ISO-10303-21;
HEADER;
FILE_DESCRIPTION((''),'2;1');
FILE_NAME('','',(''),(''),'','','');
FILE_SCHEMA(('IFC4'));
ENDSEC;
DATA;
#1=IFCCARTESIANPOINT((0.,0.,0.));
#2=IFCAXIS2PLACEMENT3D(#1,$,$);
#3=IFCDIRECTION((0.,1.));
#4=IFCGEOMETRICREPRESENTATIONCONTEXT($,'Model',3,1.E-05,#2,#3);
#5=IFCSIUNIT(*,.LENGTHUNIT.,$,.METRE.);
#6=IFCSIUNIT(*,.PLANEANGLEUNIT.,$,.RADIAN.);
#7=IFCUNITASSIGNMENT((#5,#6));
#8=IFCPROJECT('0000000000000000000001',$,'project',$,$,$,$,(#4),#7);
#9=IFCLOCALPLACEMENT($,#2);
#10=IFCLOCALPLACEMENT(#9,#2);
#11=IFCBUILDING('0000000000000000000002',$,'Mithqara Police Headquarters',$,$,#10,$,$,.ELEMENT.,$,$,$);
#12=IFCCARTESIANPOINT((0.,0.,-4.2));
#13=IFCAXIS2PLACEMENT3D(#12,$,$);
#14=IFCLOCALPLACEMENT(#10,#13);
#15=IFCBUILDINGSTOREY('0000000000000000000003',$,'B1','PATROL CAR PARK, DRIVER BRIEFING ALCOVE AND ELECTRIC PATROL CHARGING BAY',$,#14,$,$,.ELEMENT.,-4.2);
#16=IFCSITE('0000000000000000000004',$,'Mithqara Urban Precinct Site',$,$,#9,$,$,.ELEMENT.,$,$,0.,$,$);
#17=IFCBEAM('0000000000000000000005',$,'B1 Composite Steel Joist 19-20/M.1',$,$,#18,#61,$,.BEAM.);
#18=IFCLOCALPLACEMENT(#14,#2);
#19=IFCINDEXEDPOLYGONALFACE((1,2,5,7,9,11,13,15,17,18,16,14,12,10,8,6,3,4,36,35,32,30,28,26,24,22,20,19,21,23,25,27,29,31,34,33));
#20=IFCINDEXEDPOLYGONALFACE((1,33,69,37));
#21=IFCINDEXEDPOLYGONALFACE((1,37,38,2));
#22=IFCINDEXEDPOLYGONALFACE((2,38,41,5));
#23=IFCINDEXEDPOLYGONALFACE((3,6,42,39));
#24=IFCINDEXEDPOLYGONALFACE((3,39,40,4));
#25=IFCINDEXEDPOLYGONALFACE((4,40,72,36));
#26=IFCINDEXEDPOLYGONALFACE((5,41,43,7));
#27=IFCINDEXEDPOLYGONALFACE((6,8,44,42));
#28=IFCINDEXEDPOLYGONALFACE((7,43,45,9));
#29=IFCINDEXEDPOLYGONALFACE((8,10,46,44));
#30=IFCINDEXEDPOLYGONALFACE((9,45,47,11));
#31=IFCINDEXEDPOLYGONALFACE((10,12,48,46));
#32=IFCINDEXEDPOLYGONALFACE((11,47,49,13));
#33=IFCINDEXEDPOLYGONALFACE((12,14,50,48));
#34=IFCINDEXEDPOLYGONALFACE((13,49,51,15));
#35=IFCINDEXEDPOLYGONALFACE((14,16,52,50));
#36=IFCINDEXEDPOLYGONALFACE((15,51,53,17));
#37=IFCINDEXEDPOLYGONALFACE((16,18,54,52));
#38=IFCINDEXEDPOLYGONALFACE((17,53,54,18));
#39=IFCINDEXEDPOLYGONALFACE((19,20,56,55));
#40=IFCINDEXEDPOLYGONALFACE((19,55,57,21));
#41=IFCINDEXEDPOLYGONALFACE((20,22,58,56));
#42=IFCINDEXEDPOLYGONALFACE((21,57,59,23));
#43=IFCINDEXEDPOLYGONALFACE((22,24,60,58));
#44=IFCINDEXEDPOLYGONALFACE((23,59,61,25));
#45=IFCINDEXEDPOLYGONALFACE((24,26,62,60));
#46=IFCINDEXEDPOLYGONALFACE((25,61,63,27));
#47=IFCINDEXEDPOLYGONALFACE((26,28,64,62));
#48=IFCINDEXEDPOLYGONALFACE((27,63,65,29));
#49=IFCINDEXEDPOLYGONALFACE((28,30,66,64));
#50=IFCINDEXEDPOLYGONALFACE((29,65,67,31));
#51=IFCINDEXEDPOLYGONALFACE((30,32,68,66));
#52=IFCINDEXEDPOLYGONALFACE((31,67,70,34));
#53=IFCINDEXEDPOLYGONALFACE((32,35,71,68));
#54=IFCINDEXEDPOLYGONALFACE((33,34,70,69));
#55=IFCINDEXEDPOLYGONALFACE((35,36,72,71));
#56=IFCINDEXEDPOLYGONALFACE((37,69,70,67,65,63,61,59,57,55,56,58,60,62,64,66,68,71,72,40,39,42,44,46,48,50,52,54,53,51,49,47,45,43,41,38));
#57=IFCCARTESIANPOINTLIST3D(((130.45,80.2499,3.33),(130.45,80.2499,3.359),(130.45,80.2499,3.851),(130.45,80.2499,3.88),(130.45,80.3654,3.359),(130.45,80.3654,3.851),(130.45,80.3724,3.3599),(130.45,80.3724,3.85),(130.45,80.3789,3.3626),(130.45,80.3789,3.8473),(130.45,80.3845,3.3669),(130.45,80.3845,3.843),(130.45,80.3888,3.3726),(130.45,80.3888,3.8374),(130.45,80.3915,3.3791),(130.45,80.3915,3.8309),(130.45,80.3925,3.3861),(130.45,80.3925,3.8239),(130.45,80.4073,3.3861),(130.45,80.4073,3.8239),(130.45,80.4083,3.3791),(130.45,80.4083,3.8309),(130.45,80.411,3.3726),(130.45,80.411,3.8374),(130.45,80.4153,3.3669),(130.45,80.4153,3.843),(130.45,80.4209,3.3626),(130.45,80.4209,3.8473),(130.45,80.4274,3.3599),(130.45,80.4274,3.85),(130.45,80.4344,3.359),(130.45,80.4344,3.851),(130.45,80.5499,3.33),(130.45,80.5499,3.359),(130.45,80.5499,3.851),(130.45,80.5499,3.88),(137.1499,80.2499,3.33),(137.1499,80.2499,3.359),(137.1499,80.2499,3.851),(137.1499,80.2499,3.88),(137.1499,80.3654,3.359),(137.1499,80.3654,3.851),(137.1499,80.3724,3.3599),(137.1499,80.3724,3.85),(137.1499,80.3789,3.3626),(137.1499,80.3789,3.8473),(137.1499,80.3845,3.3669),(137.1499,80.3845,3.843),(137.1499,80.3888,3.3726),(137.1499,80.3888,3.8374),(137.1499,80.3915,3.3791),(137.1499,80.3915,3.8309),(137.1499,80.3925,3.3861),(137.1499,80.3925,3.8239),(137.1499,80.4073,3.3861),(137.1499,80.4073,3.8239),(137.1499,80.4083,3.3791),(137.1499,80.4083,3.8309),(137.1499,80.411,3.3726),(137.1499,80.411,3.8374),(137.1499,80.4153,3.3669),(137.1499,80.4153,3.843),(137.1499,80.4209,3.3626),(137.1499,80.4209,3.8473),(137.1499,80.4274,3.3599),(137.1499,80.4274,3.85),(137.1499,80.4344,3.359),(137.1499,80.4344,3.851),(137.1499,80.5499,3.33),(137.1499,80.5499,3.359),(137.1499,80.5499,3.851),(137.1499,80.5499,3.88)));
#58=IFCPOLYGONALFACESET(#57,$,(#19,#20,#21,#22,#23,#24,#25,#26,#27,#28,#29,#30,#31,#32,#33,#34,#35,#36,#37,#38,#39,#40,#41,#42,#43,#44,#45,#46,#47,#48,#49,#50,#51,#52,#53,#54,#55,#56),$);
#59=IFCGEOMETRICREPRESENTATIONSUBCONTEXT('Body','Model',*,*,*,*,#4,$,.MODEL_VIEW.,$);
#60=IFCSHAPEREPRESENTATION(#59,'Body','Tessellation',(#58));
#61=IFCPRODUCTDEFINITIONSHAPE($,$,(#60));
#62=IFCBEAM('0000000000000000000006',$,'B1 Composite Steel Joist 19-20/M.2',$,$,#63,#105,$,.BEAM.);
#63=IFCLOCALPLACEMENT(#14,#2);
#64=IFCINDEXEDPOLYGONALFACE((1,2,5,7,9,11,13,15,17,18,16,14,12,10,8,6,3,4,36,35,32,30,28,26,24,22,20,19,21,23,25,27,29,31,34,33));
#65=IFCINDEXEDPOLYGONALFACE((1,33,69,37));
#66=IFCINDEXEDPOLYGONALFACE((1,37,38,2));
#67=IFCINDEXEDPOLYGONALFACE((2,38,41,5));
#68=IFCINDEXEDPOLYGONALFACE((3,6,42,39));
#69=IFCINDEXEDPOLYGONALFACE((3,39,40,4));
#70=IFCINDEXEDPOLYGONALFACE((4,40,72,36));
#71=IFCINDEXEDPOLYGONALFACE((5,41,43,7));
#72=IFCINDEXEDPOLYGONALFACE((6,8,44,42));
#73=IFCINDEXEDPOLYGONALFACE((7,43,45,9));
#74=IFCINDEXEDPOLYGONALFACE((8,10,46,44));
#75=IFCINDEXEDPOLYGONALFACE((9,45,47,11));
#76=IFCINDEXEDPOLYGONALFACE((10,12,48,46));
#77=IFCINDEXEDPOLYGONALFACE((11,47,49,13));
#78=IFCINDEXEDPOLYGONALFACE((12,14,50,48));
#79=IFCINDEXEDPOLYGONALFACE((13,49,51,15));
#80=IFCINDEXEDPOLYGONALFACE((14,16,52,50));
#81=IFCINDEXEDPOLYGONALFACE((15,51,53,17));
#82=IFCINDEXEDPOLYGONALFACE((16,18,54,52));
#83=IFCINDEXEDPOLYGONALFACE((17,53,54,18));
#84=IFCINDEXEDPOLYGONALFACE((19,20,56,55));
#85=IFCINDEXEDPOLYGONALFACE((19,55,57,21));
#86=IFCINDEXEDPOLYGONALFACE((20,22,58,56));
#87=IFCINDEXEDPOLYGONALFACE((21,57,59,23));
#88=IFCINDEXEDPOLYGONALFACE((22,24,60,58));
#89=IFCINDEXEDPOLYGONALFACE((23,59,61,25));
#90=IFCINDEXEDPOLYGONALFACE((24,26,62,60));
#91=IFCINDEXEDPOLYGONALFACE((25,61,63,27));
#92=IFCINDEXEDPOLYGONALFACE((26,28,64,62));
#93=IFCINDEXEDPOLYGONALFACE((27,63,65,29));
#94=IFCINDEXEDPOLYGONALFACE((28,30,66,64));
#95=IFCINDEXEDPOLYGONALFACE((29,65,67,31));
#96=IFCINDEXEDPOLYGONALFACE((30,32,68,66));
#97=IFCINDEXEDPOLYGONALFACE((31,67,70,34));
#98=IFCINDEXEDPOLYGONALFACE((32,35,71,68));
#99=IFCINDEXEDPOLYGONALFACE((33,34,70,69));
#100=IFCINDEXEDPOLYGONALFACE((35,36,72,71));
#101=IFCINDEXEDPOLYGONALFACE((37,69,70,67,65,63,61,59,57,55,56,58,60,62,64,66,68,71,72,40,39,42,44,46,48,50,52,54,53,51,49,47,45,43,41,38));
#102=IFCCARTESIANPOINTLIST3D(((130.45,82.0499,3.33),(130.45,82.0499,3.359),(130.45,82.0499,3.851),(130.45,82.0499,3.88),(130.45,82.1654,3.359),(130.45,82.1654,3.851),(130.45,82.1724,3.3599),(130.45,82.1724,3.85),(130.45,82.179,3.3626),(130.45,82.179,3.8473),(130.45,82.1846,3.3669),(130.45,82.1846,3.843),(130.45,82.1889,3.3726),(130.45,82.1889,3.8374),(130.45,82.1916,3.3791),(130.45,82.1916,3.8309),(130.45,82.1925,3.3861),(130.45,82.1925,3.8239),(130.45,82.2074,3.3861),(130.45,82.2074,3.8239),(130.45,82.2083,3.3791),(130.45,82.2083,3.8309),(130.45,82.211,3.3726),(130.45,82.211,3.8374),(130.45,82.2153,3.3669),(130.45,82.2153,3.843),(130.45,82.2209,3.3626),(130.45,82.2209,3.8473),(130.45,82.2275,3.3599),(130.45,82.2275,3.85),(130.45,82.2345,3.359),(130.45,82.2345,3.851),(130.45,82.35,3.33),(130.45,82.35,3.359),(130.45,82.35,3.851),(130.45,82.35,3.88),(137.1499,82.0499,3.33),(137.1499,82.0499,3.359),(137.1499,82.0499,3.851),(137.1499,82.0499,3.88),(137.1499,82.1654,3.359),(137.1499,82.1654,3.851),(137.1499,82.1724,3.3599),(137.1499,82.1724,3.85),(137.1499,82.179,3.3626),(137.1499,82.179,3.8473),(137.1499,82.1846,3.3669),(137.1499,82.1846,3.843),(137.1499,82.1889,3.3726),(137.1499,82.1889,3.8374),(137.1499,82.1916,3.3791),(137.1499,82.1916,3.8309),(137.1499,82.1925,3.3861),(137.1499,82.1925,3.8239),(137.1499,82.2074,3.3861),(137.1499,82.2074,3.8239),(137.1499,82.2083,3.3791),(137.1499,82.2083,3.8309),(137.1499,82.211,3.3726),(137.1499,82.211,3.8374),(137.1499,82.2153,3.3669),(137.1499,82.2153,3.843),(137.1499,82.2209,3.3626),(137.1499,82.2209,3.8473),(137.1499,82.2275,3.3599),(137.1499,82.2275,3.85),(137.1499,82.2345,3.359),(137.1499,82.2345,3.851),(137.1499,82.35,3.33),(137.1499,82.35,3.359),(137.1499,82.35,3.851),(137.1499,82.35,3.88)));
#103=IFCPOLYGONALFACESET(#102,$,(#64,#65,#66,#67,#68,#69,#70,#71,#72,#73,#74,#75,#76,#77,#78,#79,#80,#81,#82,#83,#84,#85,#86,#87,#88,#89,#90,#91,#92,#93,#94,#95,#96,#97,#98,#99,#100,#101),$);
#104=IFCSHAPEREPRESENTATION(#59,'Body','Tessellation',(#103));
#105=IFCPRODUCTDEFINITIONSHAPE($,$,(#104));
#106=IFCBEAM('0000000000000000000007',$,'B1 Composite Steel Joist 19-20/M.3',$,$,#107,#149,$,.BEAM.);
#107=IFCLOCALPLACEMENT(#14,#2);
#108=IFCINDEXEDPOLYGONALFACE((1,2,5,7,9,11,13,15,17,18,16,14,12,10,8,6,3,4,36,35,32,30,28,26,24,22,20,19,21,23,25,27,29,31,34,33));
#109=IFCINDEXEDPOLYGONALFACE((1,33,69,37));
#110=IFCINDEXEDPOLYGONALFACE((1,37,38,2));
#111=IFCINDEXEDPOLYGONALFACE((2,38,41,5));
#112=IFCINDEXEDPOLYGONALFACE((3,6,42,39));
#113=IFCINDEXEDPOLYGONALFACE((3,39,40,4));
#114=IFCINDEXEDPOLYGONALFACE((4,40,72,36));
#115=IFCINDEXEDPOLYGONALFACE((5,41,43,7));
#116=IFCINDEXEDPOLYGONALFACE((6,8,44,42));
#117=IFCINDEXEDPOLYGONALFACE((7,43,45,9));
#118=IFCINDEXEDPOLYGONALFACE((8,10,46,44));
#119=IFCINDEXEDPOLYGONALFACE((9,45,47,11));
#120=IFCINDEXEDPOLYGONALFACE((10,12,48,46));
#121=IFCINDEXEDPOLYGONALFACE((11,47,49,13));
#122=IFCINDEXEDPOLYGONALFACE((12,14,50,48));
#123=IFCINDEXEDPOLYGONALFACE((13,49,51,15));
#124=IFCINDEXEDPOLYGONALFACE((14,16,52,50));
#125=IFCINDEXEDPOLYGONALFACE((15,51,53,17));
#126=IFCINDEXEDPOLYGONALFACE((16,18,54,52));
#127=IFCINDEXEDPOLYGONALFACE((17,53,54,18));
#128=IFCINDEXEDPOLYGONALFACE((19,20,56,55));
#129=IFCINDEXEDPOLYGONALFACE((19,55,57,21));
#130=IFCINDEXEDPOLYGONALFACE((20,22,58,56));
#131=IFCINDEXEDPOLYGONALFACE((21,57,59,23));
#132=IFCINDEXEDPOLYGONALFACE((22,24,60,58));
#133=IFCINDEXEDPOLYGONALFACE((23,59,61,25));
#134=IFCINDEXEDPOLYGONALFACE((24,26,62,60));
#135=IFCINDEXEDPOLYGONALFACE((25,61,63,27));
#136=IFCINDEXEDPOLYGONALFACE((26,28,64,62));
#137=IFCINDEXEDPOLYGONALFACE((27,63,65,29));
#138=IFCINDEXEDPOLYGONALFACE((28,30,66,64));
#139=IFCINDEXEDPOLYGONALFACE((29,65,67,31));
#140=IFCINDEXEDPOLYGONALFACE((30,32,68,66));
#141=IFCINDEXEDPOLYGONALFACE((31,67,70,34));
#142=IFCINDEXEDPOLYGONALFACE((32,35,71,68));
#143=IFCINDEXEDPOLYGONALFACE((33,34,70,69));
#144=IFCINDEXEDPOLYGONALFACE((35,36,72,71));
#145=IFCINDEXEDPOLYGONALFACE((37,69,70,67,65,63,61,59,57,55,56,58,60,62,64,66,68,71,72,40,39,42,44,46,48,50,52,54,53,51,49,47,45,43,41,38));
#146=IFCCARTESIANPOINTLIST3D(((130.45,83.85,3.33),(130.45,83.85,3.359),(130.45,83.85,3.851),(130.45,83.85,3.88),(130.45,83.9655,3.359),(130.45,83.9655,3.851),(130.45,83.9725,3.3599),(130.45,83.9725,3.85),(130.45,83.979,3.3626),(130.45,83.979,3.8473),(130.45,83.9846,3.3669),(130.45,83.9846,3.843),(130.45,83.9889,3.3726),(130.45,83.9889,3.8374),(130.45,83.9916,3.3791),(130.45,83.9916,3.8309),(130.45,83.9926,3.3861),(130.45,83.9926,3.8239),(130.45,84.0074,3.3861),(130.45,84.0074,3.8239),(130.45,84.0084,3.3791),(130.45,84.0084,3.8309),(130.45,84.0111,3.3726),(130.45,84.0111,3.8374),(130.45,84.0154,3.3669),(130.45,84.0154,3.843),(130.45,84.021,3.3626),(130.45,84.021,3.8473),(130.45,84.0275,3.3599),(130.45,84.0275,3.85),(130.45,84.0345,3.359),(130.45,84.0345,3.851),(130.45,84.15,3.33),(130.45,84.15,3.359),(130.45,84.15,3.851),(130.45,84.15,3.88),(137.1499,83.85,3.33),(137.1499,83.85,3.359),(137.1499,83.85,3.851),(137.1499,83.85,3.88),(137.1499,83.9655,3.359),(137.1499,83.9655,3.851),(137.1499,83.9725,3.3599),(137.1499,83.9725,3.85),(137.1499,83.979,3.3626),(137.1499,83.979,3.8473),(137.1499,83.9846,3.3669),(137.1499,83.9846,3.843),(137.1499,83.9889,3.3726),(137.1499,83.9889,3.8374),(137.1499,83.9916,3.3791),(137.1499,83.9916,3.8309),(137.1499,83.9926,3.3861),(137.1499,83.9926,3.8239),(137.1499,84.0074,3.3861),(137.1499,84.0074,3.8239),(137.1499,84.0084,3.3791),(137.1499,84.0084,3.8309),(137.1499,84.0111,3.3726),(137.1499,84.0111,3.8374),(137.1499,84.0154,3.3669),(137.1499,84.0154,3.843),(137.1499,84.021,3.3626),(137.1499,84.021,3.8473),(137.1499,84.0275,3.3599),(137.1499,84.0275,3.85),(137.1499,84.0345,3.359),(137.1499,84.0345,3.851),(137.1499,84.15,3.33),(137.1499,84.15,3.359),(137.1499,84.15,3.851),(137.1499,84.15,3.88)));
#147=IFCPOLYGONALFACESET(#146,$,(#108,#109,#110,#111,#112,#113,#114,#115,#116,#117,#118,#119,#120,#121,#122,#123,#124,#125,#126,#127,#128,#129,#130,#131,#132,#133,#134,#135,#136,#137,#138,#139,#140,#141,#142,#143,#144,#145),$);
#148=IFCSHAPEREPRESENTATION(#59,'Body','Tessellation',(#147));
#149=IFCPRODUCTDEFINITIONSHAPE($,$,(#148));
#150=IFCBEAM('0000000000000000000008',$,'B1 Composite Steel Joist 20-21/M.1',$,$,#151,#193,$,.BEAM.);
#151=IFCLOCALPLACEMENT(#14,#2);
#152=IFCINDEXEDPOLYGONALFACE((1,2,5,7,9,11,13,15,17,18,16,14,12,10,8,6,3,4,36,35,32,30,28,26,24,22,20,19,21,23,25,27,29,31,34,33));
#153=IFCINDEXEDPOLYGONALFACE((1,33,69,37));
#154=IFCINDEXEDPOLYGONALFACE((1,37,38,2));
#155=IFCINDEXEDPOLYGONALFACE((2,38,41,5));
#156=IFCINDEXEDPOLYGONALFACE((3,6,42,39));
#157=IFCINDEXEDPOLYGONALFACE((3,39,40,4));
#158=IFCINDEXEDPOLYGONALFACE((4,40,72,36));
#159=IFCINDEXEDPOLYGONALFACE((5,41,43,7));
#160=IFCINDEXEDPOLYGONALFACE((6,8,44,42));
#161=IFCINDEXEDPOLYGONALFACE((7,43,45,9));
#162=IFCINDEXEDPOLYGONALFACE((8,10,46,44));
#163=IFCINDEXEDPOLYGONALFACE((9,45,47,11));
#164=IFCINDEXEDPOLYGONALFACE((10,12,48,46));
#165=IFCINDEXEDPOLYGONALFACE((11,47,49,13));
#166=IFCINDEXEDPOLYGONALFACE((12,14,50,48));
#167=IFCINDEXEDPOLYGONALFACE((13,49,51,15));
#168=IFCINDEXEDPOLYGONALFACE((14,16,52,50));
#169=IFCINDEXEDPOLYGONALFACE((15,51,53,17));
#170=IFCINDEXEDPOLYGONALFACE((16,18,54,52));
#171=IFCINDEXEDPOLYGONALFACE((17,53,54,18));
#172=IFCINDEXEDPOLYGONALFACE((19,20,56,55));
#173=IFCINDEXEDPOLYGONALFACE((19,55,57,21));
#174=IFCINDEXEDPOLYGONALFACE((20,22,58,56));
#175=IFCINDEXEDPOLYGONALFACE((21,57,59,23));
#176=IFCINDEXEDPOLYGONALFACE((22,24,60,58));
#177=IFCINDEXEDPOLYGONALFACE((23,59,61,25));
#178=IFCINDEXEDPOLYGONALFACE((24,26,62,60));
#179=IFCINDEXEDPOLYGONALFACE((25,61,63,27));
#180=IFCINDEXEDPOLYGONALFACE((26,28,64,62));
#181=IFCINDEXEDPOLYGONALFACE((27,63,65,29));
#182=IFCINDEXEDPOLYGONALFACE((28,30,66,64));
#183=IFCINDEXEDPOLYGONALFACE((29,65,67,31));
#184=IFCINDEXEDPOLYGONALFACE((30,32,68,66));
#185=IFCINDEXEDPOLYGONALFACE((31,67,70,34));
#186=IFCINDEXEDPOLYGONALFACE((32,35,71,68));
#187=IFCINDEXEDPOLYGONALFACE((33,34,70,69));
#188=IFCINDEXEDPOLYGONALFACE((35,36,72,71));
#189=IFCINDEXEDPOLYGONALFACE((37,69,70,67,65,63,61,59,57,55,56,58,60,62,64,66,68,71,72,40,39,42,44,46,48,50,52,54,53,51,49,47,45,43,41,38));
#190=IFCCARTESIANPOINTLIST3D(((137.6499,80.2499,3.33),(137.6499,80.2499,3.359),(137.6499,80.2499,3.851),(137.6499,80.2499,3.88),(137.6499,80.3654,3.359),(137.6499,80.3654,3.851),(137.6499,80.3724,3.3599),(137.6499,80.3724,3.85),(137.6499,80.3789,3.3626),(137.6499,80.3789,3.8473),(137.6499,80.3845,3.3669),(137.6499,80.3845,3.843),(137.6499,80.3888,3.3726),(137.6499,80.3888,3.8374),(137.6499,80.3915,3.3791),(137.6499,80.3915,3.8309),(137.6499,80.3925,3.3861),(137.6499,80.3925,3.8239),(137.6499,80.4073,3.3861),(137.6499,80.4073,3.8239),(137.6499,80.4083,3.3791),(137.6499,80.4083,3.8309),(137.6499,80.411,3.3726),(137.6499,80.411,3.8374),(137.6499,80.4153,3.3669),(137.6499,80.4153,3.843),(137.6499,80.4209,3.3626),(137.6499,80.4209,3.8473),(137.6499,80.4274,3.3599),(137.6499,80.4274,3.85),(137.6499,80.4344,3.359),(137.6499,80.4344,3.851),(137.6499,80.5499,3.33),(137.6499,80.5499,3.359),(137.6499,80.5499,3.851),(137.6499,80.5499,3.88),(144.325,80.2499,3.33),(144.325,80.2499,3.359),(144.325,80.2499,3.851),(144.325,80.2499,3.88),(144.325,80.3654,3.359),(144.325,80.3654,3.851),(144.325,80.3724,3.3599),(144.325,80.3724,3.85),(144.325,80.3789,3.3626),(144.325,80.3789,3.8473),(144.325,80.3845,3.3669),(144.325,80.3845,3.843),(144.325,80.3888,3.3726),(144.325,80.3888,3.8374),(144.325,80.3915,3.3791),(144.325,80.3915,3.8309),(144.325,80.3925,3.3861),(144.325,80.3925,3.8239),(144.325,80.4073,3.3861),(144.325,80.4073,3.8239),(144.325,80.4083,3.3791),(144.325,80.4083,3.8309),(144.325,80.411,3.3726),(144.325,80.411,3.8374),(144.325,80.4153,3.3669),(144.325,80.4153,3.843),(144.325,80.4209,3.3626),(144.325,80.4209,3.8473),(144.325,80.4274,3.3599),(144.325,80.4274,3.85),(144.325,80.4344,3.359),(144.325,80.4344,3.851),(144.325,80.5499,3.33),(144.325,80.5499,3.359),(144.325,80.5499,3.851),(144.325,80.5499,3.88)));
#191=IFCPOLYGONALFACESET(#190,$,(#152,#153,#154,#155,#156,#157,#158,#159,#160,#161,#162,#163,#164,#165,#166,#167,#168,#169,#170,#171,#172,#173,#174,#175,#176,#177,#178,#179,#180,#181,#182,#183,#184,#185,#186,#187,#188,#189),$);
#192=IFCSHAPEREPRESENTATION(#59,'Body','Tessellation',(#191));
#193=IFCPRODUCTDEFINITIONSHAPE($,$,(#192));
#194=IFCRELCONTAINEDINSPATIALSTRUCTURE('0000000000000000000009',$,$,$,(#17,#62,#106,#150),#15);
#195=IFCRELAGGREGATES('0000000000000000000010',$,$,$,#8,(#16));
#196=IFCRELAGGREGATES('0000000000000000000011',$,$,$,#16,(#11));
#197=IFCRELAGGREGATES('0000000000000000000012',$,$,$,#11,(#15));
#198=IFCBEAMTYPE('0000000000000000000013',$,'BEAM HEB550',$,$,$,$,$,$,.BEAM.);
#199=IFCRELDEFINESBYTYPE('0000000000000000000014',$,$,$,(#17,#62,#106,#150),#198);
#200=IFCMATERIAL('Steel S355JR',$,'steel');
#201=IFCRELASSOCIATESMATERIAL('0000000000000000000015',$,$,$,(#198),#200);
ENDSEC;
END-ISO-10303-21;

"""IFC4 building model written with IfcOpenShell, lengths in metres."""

from ifc_helpers import new_model, si_unit, direction, frame, origin, origin_2d, place, context, subcontext, project, spatial, i_section, extrude, material, material_profile, profile_set, type_object, element, save


model = new_model("IFC4")

# Units and contexts
model_context = context("Model", 3, precision=1e-05, world=origin(), true_north=direction((0.0, 1.0)))
body_context = subcontext(model_context, "Body", "Model", "MODEL_VIEW")
ifc_project = project(units=[si_unit("LENGTHUNIT", "METRE"), si_unit("PLANEANGLEUNIT", "RADIAN")], contexts=[model_context])

# Site, building, storey
site_placement = place(None, origin())
site = spatial("IfcSite", under=ifc_project, at=site_placement, Name="Mithqara Urban Precinct Site", CompositionType="ELEMENT", RefElevation=0.0)
building_placement = place(site_placement, origin())
building = spatial("IfcBuilding", under=site, at=building_placement, Name="Mithqara Police Headquarters", CompositionType="ELEMENT")
storey_placement = place(building_placement, frame((0.0, 0.0, -4.2)))
storey = spatial("IfcBuildingStorey", under=building, at=storey_placement, Name="B1", Description="PATROL CAR PARK, DRIVER BRIEFING ALCOVE AND ELECTRIC PATROL CHARGING BAY", CompositionType="ELEMENT", Elevation=-4.2)

# Beams
ifc_material_1 = material(Name="Steel S355JR", Category="steel")
ifc_material_profile_1 = material_profile(ifc_material_1, i_section(OverallWidth=0.3, OverallDepth=0.55, WebThickness=0.0149, FlangeThickness=0.0291, FilletRadius=0.0271, at=origin_2d()), Name="HEB 550")
ifc_profile_set_1 = profile_set([ifc_material_profile_1], Name="Steel S355JR")
beam_type_1 = type_object("IfcBeamType", Name="BEAM HEB550", PredefinedType="BEAM", material=ifc_profile_set_1)
for number, where, z_axis, x_axis, name in (
    (1, (130.45, 80.3999, 3.605), (1.0, 0.0, 0.0), (0.0, 1.0, 0.0), "B1 Composite Steel Joist 19-20/M.1"),
    (2, (130.45, 82.2, 3.605), (1.0, 0.0, 0.0), (0.0, 1.0, 0.0), "B1 Composite Steel Joist 19-20/M.2"),
    (3, (130.45, 84.0, 3.605), (1.0, 0.0, 0.0), (0.0, 1.0, 0.0), "B1 Composite Steel Joist 19-20/M.3"),
):
    element("IfcBeam", number, at=place(storey_placement, frame(where, z_axis=z_axis, x_axis=x_axis)), inside=storey, type_object=beam_type_1, Name=name, PredefinedType="BEAM", context=body_context, shape_type="SweptSolid", body=[
        extrude(i_section(OverallWidth=0.3, OverallDepth=0.55, WebThickness=0.0149, FlangeThickness=0.0291, FilletRadius=0.0271, at=origin_2d()), origin(), (0.0, 0.0, 1.0), 6.7),
    ])
for number, where, z_axis, x_axis, name in (
    (4, (137.6499, 80.3999, 3.605), (1.0, 0.0, 0.0), (0.0, 1.0, 0.0), "B1 Composite Steel Joist 20-21/M.1"),
):
    element("IfcBeam", number, at=place(storey_placement, frame(where, z_axis=z_axis, x_axis=x_axis)), inside=storey, type_object=beam_type_1, Name=name, PredefinedType="BEAM", context=body_context, shape_type="SweptSolid", body=[
        extrude(i_section(OverallWidth=0.3, OverallDepth=0.55, WebThickness=0.0149, FlangeThickness=0.0291, FilletRadius=0.0271, at=origin_2d()), origin(), (0.0, 0.0, 1.0), 6.675),
    ])

save(model, "model.ifc")
